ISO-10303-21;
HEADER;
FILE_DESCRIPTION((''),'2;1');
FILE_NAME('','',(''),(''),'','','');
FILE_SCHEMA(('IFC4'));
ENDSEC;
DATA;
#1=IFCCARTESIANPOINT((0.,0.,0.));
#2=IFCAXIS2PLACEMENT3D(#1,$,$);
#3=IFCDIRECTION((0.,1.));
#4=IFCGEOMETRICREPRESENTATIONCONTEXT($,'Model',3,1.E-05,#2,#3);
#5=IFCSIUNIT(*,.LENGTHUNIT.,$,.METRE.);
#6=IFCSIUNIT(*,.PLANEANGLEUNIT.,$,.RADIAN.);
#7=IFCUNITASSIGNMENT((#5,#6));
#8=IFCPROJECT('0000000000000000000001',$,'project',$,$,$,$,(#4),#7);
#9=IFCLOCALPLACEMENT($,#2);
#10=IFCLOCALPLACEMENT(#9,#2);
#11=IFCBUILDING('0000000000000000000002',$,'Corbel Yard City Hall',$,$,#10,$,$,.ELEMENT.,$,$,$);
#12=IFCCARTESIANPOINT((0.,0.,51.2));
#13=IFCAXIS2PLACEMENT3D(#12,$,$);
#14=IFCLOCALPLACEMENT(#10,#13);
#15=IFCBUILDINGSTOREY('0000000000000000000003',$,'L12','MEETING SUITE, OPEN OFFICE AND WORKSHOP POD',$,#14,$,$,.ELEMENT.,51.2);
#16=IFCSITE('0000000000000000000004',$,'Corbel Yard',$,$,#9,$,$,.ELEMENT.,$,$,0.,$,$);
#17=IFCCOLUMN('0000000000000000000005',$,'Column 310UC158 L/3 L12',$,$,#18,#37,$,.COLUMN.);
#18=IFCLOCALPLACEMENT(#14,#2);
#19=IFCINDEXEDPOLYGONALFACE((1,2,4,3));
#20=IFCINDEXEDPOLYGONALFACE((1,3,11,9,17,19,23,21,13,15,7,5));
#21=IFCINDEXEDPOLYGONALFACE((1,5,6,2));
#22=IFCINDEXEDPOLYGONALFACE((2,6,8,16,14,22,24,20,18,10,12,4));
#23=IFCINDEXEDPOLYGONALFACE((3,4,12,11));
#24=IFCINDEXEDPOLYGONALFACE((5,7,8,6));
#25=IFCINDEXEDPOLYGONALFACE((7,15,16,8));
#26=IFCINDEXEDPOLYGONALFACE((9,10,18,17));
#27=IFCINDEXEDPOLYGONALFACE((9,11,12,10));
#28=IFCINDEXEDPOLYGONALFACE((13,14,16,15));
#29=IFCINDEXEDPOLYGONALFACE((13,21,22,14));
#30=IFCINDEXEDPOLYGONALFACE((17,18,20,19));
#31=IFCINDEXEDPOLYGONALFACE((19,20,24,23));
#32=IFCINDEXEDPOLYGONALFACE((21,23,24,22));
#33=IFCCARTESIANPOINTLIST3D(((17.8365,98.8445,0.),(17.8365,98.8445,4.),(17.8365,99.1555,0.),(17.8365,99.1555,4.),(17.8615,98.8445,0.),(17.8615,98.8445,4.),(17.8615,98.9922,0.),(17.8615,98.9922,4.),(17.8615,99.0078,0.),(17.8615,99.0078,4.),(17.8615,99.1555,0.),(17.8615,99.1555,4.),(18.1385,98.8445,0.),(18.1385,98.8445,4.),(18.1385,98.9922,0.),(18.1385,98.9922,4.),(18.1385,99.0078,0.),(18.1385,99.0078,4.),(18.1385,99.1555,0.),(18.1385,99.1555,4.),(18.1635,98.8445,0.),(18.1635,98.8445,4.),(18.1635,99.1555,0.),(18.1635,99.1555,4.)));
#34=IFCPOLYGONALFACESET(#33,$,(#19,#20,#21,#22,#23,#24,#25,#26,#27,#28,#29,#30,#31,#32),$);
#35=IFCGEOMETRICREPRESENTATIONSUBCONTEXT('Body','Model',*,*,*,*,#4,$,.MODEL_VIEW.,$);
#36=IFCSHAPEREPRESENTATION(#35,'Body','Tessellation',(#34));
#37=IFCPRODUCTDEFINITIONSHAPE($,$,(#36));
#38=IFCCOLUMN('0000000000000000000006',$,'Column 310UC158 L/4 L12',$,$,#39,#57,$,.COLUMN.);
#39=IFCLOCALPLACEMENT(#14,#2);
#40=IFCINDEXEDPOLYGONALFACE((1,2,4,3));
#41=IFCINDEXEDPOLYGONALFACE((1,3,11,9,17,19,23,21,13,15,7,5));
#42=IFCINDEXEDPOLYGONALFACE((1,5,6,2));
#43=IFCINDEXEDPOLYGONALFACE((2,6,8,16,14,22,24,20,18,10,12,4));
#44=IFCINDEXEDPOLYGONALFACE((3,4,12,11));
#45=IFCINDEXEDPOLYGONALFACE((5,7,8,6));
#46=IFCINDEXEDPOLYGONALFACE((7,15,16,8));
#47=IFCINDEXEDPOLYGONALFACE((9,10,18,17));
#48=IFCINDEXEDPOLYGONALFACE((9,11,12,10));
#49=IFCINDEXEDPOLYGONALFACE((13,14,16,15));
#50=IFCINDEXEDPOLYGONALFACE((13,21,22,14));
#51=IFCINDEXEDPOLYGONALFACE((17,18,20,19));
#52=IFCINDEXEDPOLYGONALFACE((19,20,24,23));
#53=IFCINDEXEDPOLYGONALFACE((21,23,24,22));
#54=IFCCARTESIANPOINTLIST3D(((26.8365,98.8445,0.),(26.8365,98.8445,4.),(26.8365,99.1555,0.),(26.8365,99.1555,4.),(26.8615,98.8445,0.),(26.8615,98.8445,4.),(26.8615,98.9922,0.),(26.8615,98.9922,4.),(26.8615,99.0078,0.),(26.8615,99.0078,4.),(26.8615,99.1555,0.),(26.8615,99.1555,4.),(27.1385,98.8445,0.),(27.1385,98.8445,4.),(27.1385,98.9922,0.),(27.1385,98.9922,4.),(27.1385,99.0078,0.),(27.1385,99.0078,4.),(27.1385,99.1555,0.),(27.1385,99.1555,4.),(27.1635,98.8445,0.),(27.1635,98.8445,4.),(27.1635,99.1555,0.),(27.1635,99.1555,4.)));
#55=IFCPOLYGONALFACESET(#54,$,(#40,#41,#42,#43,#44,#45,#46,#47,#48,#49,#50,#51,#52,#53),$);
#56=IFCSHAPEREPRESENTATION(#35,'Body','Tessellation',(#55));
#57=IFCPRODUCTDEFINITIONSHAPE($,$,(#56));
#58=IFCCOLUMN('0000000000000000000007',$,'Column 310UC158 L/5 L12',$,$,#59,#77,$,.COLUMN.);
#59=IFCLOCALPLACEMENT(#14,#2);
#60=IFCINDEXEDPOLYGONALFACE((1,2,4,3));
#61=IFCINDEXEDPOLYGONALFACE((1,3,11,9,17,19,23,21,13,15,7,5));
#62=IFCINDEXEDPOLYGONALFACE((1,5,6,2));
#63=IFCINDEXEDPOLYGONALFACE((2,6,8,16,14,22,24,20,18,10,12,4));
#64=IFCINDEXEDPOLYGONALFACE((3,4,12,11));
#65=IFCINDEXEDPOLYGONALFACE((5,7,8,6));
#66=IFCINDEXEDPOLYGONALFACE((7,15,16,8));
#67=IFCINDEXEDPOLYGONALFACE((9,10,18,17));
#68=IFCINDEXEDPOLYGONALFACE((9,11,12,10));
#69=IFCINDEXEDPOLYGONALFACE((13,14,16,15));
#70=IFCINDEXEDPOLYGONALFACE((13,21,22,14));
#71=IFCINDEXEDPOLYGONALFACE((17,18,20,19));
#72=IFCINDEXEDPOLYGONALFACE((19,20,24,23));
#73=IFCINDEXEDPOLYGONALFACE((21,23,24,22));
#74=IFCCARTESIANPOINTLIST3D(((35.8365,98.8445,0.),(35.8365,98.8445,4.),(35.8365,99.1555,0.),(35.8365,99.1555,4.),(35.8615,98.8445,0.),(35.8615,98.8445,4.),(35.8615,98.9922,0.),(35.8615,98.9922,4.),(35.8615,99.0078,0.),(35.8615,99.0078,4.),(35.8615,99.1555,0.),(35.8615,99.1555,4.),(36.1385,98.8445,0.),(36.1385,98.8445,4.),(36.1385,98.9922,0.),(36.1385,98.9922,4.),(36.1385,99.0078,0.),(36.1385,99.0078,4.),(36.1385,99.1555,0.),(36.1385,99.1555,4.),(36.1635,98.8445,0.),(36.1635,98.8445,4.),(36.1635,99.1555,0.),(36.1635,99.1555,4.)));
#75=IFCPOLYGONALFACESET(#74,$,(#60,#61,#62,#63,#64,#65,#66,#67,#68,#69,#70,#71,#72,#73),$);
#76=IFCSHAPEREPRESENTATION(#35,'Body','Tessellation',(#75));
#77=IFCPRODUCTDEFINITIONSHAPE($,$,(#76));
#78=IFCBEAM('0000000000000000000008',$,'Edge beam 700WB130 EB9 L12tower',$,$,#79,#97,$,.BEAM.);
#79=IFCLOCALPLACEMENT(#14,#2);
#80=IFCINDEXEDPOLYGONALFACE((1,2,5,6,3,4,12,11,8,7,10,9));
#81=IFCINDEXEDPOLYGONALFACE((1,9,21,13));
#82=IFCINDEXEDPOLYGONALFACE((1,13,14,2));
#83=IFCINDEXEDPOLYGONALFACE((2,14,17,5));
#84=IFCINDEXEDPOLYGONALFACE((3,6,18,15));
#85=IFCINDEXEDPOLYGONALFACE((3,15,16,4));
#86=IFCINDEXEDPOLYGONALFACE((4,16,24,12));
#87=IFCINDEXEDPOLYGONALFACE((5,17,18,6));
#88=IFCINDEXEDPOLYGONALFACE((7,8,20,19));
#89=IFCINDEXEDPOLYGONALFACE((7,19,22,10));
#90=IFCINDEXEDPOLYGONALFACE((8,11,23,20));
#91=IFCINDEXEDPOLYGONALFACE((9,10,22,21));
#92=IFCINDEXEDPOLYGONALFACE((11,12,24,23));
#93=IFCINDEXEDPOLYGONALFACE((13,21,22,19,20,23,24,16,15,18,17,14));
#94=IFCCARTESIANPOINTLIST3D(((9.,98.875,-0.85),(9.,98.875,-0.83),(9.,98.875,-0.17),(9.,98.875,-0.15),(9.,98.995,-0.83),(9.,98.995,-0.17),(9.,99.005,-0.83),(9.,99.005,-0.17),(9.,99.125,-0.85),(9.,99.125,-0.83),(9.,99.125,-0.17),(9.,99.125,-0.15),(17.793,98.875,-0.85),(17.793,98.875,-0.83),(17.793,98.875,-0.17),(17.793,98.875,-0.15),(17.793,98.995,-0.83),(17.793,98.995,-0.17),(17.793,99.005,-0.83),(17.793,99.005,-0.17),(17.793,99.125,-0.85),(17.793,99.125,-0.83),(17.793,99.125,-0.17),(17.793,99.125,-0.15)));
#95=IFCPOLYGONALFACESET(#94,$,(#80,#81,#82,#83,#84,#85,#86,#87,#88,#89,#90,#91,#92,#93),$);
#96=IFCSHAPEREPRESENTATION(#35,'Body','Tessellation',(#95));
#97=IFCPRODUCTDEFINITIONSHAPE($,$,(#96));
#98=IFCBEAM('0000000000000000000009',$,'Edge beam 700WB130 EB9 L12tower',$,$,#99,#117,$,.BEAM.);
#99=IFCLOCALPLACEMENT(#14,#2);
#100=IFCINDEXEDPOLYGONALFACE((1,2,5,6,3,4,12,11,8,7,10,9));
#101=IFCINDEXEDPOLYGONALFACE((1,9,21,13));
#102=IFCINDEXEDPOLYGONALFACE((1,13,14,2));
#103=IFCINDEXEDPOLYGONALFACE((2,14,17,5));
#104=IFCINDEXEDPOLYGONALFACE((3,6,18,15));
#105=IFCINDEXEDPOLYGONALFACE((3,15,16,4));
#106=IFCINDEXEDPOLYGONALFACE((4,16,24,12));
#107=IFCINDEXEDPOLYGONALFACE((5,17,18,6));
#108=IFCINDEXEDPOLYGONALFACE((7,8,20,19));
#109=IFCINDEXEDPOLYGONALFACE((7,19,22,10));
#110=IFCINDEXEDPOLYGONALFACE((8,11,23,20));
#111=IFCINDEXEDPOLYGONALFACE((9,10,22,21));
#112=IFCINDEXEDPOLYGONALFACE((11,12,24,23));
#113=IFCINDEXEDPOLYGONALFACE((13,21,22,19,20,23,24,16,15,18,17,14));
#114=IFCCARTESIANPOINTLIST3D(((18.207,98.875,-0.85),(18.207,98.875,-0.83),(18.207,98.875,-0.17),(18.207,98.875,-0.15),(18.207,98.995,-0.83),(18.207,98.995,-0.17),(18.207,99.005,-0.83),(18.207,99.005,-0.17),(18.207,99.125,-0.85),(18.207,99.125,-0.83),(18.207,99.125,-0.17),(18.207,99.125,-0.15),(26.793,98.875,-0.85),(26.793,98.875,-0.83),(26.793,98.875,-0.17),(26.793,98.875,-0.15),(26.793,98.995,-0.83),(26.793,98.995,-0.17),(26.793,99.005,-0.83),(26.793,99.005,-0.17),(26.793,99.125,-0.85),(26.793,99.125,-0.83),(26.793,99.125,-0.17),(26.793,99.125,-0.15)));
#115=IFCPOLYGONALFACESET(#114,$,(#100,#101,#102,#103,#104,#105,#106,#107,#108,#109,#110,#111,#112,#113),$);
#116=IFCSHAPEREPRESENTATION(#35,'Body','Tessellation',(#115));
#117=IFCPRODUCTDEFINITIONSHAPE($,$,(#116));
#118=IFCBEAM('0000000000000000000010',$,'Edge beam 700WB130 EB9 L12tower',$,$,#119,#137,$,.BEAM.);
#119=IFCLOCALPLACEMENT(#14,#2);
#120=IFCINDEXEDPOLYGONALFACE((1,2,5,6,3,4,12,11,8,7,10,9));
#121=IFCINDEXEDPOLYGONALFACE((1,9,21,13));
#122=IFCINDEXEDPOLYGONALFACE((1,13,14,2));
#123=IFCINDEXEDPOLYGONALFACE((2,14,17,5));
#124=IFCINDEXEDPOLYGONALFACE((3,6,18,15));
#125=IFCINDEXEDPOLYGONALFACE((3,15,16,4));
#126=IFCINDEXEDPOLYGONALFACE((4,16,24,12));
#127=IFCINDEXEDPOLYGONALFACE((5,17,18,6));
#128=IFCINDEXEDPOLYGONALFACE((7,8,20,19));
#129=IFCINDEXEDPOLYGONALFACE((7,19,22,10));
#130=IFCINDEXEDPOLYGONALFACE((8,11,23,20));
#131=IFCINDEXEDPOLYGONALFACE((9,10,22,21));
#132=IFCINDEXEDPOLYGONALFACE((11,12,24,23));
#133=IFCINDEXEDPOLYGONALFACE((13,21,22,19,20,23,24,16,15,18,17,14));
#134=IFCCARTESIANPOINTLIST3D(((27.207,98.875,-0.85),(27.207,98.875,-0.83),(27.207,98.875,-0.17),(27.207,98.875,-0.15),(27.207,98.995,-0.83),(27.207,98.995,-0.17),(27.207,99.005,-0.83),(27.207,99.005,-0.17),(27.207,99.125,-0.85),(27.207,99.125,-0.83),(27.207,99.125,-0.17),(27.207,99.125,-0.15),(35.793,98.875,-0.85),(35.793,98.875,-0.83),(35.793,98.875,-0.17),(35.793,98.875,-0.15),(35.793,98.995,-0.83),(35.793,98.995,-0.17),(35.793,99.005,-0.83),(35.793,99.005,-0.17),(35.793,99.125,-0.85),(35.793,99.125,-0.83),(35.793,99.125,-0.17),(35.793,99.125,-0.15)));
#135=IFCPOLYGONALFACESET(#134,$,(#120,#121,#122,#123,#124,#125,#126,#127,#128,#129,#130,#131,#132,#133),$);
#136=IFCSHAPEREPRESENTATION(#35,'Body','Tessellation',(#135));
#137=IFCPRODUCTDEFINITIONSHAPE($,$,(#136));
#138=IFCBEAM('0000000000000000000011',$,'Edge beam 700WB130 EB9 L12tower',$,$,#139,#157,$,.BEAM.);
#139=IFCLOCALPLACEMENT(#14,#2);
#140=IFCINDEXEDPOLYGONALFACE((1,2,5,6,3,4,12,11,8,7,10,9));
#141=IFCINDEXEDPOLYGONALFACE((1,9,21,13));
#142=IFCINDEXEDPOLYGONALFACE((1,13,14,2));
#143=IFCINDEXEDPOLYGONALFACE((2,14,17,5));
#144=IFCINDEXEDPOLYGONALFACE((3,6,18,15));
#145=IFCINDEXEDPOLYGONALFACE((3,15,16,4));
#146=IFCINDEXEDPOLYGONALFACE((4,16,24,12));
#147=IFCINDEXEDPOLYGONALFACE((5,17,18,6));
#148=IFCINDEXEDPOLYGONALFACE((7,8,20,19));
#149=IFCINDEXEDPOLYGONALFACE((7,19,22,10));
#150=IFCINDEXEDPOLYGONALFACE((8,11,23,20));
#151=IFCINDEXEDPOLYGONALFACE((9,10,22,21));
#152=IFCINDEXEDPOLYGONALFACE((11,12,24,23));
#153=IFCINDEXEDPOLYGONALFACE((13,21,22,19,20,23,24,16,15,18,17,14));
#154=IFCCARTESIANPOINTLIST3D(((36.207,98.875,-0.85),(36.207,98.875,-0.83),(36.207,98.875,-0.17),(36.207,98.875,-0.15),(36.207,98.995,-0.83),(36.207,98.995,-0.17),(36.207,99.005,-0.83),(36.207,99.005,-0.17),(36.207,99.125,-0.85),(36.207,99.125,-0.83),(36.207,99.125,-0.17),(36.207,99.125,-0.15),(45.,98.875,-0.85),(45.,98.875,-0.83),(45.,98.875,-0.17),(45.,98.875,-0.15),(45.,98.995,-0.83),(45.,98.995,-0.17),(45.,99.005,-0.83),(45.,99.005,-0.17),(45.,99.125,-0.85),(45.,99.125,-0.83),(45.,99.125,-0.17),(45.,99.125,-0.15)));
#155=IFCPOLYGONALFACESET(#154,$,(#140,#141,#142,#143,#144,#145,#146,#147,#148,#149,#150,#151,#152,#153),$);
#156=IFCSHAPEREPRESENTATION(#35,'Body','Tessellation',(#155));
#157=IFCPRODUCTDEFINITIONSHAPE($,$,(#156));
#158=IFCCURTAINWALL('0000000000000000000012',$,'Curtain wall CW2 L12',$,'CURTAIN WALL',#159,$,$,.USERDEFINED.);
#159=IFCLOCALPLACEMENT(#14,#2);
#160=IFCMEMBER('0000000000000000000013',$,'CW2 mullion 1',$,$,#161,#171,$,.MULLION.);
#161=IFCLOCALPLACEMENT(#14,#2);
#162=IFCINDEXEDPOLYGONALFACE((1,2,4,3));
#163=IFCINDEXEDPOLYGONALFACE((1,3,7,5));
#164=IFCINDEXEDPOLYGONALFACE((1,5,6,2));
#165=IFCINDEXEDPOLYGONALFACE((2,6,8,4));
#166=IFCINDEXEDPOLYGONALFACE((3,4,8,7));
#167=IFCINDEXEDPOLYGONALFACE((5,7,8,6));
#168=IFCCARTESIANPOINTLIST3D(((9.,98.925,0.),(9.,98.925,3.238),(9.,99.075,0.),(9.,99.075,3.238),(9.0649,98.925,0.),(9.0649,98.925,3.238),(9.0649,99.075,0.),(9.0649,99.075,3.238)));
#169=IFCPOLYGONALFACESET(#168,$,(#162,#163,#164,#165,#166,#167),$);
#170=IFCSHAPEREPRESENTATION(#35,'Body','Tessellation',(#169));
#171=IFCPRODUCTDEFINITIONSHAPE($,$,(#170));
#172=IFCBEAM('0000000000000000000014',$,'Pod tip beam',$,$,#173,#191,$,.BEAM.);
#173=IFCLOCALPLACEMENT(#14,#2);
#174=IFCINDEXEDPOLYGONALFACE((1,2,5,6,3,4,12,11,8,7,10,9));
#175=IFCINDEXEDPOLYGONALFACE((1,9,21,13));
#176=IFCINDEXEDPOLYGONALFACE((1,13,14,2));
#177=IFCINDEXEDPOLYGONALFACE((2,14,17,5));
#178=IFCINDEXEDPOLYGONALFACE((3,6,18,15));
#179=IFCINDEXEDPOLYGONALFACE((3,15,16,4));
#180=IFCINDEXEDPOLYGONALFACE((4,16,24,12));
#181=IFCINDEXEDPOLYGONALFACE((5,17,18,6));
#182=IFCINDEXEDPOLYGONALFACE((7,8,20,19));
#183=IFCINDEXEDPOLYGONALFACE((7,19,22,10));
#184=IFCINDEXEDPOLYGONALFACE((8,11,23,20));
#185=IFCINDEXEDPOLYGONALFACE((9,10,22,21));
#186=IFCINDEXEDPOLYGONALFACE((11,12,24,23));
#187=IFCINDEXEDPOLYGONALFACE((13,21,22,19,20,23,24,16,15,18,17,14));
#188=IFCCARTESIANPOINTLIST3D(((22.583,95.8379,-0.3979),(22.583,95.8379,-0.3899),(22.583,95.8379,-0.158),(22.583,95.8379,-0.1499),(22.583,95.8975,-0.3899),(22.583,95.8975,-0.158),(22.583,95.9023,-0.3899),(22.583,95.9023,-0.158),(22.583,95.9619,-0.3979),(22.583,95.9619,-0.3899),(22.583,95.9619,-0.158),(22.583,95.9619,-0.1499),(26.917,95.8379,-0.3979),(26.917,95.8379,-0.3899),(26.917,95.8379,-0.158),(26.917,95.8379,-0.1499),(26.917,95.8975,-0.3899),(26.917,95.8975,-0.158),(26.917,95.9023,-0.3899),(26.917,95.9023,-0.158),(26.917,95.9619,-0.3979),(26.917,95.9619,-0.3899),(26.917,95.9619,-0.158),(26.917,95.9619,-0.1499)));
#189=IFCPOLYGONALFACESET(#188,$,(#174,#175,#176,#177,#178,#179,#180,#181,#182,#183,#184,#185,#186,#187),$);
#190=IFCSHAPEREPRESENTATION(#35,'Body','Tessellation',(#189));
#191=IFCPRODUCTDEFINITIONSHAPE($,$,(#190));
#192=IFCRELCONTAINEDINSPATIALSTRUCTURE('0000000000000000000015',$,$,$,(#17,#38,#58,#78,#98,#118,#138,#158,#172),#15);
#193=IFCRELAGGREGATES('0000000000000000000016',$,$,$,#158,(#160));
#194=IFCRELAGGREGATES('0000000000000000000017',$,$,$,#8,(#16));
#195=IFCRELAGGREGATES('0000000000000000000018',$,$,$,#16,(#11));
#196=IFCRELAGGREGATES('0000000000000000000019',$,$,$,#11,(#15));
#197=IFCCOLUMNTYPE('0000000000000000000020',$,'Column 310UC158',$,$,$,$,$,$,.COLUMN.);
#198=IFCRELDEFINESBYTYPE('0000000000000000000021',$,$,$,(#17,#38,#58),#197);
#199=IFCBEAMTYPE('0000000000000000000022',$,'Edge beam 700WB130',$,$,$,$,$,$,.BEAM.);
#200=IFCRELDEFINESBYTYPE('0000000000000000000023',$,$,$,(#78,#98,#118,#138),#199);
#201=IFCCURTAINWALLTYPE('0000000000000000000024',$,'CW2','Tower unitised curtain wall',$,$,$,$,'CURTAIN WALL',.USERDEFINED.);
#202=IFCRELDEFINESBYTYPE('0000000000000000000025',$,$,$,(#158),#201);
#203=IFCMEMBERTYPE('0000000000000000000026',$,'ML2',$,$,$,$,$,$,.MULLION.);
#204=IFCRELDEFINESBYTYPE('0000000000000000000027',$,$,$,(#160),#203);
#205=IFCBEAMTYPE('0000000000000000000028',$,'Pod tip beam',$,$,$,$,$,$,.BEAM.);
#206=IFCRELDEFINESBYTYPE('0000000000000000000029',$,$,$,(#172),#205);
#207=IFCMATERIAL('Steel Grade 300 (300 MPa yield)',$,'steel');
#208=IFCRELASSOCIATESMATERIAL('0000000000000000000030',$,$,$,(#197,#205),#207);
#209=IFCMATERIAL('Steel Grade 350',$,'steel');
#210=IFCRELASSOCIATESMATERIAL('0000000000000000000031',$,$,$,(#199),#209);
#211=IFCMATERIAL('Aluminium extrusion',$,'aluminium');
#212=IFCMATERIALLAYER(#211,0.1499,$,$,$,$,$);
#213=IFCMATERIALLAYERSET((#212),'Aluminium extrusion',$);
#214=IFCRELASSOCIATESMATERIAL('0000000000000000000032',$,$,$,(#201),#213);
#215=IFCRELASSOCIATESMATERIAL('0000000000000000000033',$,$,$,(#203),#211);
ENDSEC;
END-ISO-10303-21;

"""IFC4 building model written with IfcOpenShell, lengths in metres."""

from ifc_helpers import new_model, si_unit, direction, frame, origin, origin_2d, place, context, subcontext, project, spatial, rectangle, i_section, extrude, material, layer, layer_set, material_profile, profile_set, type_object, element, aggregate, save


model = new_model("IFC4")

# Units and contexts
model_context = context("Model", 3, precision=1e-05, world=origin(), true_north=direction((0.0, 1.0)))
body_context = subcontext(model_context, "Body", "Model", "MODEL_VIEW")
ifc_project = project(units=[si_unit("LENGTHUNIT", "METRE"), si_unit("PLANEANGLEUNIT", "RADIAN")], contexts=[model_context])

# Site, building, storey
site_placement = place(None, origin())
site = spatial("IfcSite", under=ifc_project, at=site_placement, Name="Corbel Yard", CompositionType="ELEMENT", RefElevation=0.0)
building_placement = place(site_placement, origin())
building = spatial("IfcBuilding", under=site, at=building_placement, Name="Corbel Yard City Hall", CompositionType="ELEMENT")
storey_placement = place(building_placement, frame((0.0, 0.0, 51.2)))
storey = spatial("IfcBuildingStorey", under=building, at=storey_placement, Name="L12", Description="MEETING SUITE, OPEN OFFICE AND WORKSHOP POD", CompositionType="ELEMENT", Elevation=51.2)

# Columns
ifc_material_1 = material(Name="Steel Grade 300 (300 MPa yield)", Category="steel")
ifc_material_profile_1 = material_profile(ifc_material_1, i_section(OverallWidth=0.311, OverallDepth=0.3269, WebThickness=0.0156, FlangeThickness=0.0249, at=origin_2d()), Name="310UC158")
ifc_profile_set_1 = profile_set([ifc_material_profile_1], Name="Steel Grade 300 (300 MPa yield)")
column_type = type_object("IfcColumnType", Name="Column 310UC158", PredefinedType="COLUMN", material=ifc_profile_set_1)
for number, where, z_axis, x_axis, name in (
    (1, (18.0, 99.0, 0.0), (0.0, 0.0, 1.0), (0.0, 1.0, 0.0), "Column 310UC158 L/3 L12"),
    (2, (27.0, 99.0, 0.0), (0.0, 0.0, 1.0), (0.0, 1.0, 0.0), "Column 310UC158 L/4 L12"),
    (3, (36.0, 99.0, 0.0), (0.0, 0.0, 1.0), (0.0, 1.0, 0.0), "Column 310UC158 L/5 L12"),
):
    element("IfcColumn", number, at=place(storey_placement, frame(where, z_axis=z_axis, x_axis=x_axis)), inside=storey, type_object=column_type, Name=name, PredefinedType="COLUMN", context=body_context, shape_type="SweptSolid", body=[
        extrude(i_section(OverallWidth=0.311, OverallDepth=0.3269, WebThickness=0.0156, FlangeThickness=0.0249, at=origin_2d()), origin(), (0.0, 0.0, 1.0), 4.0),
    ])

# Beams
ifc_material_2 = material(Name="Steel Grade 350", Category="steel")
ifc_material_profile_2 = material_profile(ifc_material_2, i_section(OverallWidth=0.25, OverallDepth=0.7, WebThickness=0.01, FlangeThickness=0.02, at=origin_2d()), Name="700WB130")
ifc_profile_set_2 = profile_set([ifc_material_profile_2], Name="Steel Grade 350")
beam_type_1 = type_object("IfcBeamType", Name="Edge beam 700WB130", PredefinedType="BEAM", material=ifc_profile_set_2)
beam_1_placement = place(storey_placement, frame((9.0, 99.0, -0.5), z_axis=(1.0, 0.0, 0.0), x_axis=(0.0, 1.0, 0.0)))
element("IfcBeam", 4, at=beam_1_placement, inside=storey, type_object=beam_type_1, Name="Edge beam 700WB130 EB9 L12tower", PredefinedType="BEAM", context=body_context, shape_type="SweptSolid", body=[
    extrude(i_section(OverallWidth=0.25, OverallDepth=0.7, WebThickness=0.01, FlangeThickness=0.02, at=origin_2d()), origin(), (0.0, 0.0, 1.0), 8.793),
])
for number, where, z_axis, x_axis, name in (
    (5, (18.207, 99.0, -0.5), (1.0, 0.0, 0.0), (0.0, 1.0, 0.0), "Edge beam 700WB130 EB9 L12tower"),
    (6, (27.207, 99.0, -0.5), (1.0, 0.0, 0.0), (0.0, 1.0, 0.0), "Edge beam 700WB130 EB9 L12tower"),
):
    element("IfcBeam", number, at=place(storey_placement, frame(where, z_axis=z_axis, x_axis=x_axis)), inside=storey, type_object=beam_type_1, Name=name, PredefinedType="BEAM", context=body_context, shape_type="SweptSolid", body=[
        extrude(i_section(OverallWidth=0.25, OverallDepth=0.7, WebThickness=0.01, FlangeThickness=0.02, at=origin_2d()), origin(), (0.0, 0.0, 1.0), 8.5859),
    ])
beam_2_placement = place(storey_placement, frame((36.207, 99.0, -0.5), z_axis=(1.0, 0.0, 0.0), x_axis=(0.0, 1.0, 0.0)))
element("IfcBeam", 7, at=beam_2_placement, inside=storey, type_object=beam_type_1, Name="Edge beam 700WB130 EB9 L12tower", PredefinedType="BEAM", context=body_context, shape_type="SweptSolid", body=[
    extrude(i_section(OverallWidth=0.25, OverallDepth=0.7, WebThickness=0.01, FlangeThickness=0.02, at=origin_2d()), origin(), (0.0, 0.0, 1.0), 8.793),
])

# Curtain wall, member
ifc_material_3 = material(Name="Aluminium extrusion", Category="aluminium")
ifc_layer_1 = layer(ifc_material_3, 0.1499)
ifc_layer_set_1 = layer_set([ifc_layer_1], Name="Aluminium extrusion")
curtain_wall_type = type_object("IfcCurtainWallType", Name="CW2", Description="Tower unitised curtain wall", ElementType="CURTAIN WALL", PredefinedType="USERDEFINED", material=ifc_layer_set_1)
curtain_wall_placement = place(storey_placement, origin())
curtain_wall = element("IfcCurtainWall", 8, at=curtain_wall_placement, inside=storey, type_object=curtain_wall_type, Name="Curtain wall CW2 L12", ObjectType="CURTAIN WALL", PredefinedType="USERDEFINED")
ifc_material_profile_3 = material_profile(ifc_material_3, rectangle(XDim=0.1499, YDim=0.0649, at=origin_2d()), Name="150x65")
ifc_profile_set_3 = profile_set([ifc_material_profile_3], Name="Aluminium extrusion")
member_type = type_object("IfcMemberType", Name="ML2", PredefinedType="MULLION", material=ifc_profile_set_3)
member_placement = place(storey_placement, frame((9.0325, 99.0, 0.0), z_axis=(0.0, 0.0, 1.0), x_axis=(0.0, 1.0, 0.0)))
member = element("IfcMember", 9, at=member_placement, type_object=member_type, Name="CW2 mullion 1", PredefinedType="MULLION", context=body_context, shape_type="SweptSolid", body=[
    extrude(rectangle(XDim=0.1499, YDim=0.0649, at=origin_2d()), origin(), (0.0, 0.0, 1.0), 3.238),
])
aggregate(curtain_wall, [member])

# Beam
ifc_material_profile_4 = material_profile(ifc_material_1, i_section(OverallWidth=0.124, OverallDepth=0.248, WebThickness=0.0049, FlangeThickness=0.0081, at=origin_2d()), Name="250UB25.7")
ifc_profile_set_4 = profile_set([ifc_material_profile_4], Name="Steel Grade 300 (300 MPa yield)")
beam_type_2 = type_object("IfcBeamType", Name="Pod tip beam", PredefinedType="BEAM", material=ifc_profile_set_4)
for number, where, z_axis, x_axis, name in (
    (10, (22.583, 95.8999, -0.2739), (1.0, 0.0, 0.0), (0.0, 1.0, 0.0), "Pod tip beam"),
):
    element("IfcBeam", number, at=place(storey_placement, frame(where, z_axis=z_axis, x_axis=x_axis)), inside=storey, type_object=beam_type_2, Name=name, PredefinedType="BEAM", context=body_context, shape_type="SweptSolid", body=[
        extrude(i_section(OverallWidth=0.124, OverallDepth=0.248, WebThickness=0.0049, FlangeThickness=0.0081, at=origin_2d()), origin(), (0.0, 0.0, 1.0), 4.334),
    ])

save(model, "model.ifc")
